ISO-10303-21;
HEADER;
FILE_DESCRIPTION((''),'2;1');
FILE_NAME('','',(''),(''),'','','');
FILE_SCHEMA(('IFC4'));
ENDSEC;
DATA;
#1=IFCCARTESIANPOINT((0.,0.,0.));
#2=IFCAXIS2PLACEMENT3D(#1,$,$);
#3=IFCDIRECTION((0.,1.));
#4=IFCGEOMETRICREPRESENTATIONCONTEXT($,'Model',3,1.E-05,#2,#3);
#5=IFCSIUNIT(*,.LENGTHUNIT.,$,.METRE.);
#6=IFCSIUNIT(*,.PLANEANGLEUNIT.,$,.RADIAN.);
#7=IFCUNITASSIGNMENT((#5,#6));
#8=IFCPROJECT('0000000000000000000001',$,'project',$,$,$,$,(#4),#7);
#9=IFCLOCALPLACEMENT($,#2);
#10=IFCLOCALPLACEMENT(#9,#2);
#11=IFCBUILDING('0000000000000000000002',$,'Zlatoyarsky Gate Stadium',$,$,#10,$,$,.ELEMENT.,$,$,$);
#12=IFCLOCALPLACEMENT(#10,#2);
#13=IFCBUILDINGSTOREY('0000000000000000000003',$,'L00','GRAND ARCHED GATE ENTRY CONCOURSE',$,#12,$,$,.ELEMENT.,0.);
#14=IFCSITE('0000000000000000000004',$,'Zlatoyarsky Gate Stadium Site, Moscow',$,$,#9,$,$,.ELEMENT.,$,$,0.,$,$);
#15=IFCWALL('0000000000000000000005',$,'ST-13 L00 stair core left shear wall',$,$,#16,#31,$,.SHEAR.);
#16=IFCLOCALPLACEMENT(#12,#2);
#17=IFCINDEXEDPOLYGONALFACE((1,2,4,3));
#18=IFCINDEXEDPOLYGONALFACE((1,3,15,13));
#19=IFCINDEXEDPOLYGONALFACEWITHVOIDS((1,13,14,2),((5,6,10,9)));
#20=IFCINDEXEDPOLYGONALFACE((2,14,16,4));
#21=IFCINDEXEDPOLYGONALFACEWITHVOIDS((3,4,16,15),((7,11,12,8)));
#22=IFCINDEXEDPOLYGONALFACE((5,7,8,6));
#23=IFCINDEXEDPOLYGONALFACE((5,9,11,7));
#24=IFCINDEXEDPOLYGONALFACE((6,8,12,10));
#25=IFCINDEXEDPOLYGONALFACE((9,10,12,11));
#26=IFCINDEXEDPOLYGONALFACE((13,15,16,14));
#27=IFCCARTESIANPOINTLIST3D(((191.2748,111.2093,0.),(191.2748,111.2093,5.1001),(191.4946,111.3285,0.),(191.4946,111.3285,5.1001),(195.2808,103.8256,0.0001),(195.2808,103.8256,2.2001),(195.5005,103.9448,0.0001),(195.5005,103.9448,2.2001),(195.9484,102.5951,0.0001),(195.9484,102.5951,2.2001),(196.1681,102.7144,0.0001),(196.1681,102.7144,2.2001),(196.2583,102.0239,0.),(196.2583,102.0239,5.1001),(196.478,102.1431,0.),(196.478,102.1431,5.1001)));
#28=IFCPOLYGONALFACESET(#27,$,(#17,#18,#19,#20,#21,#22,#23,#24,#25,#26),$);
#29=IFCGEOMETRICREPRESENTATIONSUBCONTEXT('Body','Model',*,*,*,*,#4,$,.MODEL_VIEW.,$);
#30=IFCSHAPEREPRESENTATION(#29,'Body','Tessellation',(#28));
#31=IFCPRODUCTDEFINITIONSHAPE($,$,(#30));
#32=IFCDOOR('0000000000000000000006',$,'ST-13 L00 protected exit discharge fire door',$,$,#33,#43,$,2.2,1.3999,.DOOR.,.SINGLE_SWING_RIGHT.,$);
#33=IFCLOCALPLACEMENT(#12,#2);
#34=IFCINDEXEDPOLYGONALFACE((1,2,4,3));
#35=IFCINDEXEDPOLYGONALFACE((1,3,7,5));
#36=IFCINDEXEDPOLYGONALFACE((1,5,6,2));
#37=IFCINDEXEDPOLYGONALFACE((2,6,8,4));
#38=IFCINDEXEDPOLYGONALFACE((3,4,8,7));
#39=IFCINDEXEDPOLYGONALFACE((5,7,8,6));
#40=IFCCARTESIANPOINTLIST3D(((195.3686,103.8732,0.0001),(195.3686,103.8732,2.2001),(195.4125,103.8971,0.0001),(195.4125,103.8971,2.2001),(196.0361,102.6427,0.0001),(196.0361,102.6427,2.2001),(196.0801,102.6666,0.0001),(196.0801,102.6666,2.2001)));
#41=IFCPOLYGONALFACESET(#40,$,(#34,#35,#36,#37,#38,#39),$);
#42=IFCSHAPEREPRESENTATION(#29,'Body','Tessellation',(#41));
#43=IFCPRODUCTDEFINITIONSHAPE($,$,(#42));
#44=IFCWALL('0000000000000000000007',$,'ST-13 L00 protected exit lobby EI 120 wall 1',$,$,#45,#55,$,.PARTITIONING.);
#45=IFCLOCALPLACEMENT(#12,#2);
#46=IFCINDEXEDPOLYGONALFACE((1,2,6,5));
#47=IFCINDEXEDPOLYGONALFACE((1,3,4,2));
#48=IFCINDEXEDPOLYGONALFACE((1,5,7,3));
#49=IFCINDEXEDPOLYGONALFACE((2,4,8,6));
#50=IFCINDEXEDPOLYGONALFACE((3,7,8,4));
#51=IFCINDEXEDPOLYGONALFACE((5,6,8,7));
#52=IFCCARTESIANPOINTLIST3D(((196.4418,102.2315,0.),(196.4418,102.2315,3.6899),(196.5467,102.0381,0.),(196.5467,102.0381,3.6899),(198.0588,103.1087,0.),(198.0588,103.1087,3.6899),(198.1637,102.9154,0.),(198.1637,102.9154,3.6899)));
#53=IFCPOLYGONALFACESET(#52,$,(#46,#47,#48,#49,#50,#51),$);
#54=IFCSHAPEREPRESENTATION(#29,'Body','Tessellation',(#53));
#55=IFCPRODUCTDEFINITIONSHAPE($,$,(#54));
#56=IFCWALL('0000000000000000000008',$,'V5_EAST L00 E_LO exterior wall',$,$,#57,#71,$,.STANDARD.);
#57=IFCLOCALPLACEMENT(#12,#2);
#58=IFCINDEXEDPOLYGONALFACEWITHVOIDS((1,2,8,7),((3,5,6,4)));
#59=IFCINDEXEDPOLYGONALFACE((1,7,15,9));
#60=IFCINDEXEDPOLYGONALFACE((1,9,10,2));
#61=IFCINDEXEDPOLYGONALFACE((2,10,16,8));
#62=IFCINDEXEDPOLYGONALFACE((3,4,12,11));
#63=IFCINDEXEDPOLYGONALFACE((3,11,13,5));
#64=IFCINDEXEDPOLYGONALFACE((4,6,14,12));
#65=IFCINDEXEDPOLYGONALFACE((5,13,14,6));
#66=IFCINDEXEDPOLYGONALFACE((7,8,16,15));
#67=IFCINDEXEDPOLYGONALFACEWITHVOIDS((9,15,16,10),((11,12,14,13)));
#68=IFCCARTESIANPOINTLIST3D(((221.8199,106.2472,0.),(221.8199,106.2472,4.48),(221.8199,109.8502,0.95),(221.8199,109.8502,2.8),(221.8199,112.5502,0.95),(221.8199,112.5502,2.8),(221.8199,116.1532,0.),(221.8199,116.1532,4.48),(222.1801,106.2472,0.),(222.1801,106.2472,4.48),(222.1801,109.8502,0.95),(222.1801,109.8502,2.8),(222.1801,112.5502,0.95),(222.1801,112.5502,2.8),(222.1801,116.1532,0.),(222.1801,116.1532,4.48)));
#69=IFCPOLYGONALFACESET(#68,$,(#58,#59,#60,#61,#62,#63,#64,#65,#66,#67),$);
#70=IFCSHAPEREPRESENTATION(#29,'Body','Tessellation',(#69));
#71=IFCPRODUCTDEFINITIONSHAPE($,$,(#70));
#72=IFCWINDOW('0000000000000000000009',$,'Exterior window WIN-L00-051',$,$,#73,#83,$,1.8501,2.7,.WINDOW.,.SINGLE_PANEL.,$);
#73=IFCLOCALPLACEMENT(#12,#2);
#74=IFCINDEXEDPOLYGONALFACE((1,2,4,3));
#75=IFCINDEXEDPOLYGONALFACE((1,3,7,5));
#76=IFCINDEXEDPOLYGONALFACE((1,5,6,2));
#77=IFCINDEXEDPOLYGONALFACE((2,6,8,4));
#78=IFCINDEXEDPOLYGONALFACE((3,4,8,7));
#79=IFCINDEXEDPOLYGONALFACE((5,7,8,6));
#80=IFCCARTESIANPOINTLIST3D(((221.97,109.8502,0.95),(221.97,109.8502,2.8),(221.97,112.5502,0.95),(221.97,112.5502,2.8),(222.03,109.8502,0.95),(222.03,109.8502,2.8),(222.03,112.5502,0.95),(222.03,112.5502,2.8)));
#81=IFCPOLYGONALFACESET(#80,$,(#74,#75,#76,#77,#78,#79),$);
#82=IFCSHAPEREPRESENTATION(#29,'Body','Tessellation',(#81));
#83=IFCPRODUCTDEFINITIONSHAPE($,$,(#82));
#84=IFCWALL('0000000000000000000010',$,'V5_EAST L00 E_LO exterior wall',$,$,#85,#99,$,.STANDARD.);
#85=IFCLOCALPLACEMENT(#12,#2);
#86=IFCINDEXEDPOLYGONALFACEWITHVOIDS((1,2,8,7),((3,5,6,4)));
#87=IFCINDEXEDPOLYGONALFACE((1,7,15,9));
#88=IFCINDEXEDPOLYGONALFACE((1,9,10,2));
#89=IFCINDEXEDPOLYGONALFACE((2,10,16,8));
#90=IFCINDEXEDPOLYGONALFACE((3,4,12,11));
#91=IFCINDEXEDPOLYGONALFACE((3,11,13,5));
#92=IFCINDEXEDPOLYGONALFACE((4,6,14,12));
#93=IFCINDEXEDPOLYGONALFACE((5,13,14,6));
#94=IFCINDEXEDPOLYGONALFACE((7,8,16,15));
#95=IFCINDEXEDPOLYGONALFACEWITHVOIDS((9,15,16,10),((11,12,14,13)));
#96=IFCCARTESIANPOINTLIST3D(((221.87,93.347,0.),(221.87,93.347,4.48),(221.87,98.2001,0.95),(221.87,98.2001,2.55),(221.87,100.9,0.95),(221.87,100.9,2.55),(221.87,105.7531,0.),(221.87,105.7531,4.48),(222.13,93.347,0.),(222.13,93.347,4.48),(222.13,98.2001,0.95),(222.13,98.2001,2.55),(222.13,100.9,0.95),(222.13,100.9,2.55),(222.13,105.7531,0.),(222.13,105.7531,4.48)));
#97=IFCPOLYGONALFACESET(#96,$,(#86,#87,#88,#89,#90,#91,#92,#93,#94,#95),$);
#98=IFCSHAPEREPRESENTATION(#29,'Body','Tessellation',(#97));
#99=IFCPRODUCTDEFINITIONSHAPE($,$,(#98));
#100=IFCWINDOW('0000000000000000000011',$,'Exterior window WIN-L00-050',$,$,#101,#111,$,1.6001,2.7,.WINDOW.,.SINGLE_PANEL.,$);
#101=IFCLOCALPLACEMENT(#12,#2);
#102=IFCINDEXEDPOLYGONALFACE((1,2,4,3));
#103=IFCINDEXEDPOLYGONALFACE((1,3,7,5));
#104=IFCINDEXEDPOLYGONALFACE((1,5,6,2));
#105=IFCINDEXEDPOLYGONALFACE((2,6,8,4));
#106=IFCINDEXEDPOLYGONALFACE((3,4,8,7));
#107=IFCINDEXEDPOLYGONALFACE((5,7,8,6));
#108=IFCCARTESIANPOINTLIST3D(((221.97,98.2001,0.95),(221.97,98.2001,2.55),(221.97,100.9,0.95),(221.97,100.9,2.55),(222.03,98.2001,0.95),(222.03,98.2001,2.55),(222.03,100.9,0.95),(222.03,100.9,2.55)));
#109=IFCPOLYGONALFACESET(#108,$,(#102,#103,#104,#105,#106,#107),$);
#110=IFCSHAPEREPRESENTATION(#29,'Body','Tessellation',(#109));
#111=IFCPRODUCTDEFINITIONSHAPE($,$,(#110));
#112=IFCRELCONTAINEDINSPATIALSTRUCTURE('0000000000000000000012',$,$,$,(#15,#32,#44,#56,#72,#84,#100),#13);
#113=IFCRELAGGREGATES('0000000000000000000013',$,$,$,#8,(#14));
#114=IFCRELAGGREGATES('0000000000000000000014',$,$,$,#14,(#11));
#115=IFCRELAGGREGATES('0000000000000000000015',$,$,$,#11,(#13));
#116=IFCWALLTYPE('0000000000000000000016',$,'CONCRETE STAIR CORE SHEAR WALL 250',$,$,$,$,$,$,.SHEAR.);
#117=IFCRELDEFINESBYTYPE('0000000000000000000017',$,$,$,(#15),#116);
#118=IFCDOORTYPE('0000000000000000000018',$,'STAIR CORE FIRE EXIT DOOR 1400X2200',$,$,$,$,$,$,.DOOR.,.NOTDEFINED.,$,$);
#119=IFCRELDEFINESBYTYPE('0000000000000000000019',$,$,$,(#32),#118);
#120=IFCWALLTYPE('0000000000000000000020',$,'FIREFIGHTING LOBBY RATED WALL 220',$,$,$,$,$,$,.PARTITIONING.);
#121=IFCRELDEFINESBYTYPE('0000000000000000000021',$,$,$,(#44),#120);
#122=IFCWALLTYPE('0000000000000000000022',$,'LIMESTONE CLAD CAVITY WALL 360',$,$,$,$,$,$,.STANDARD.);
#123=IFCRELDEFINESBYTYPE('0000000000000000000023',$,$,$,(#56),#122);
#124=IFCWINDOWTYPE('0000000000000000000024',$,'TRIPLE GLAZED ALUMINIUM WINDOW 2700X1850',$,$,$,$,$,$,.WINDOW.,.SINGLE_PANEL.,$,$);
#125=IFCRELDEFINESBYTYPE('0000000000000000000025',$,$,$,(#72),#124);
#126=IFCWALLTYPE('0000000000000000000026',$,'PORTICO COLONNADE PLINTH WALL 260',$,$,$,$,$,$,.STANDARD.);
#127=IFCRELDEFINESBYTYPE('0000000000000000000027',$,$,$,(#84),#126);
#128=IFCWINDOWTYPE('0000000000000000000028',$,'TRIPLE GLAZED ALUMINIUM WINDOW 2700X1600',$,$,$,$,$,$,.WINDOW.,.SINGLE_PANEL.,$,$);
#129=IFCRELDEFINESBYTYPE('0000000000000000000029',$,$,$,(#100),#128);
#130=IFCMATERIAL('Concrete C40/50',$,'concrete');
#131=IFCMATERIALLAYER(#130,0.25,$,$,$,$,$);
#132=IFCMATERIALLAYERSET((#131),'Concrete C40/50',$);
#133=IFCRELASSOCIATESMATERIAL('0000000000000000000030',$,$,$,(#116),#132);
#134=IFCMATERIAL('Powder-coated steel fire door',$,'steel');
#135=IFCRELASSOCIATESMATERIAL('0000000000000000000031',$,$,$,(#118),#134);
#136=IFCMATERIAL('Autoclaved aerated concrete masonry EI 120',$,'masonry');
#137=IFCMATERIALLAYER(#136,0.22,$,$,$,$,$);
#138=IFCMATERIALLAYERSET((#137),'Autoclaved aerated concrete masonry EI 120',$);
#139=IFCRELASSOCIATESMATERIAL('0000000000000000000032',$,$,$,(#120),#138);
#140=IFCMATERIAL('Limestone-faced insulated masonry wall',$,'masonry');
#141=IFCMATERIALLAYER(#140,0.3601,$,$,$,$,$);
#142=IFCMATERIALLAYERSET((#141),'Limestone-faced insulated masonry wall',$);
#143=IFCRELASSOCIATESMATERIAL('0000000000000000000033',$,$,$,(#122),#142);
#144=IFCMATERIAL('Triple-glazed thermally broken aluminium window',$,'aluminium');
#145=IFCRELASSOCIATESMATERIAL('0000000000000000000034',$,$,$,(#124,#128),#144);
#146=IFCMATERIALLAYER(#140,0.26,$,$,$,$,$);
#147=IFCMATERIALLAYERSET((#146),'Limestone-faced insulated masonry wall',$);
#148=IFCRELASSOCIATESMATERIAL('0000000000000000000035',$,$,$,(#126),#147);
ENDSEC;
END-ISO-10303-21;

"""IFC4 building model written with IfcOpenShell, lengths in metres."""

from ifc_helpers import new_model, si_unit, direction, frame, frame_2d, origin, place, context, subcontext, project, spatial, rectangle, extrude, material, layer, layer_set, type_object, element, fill, save


model = new_model("IFC4")

# Units and contexts
model_context = context("Model", 3, precision=1e-05, world=origin(), true_north=direction((0.0, 1.0)))
body_context = subcontext(model_context, "Body", "Model", "MODEL_VIEW")
ifc_project = project(units=[si_unit("LENGTHUNIT", "METRE"), si_unit("PLANEANGLEUNIT", "RADIAN")], contexts=[model_context])

# Site, building, storey
site_placement = place(None, origin())
site = spatial("IfcSite", under=ifc_project, at=site_placement, Name="Zlatoyarsky Gate Stadium Site, Moscow", CompositionType="ELEMENT", RefElevation=0.0)
building_placement = place(site_placement, origin())
building = spatial("IfcBuilding", under=site, at=building_placement, Name="Zlatoyarsky Gate Stadium", CompositionType="ELEMENT")
storey_placement = place(building_placement, origin())
storey = spatial("IfcBuildingStorey", under=building, at=storey_placement, Name="L00", Description="GRAND ARCHED GATE ENTRY CONCOURSE", CompositionType="ELEMENT", Elevation=0.0)

# Shared definitions
ifc_material_1 = material(Name="Concrete C40/50", Category="concrete")

# Shared definitions
ifc_layer_1 = layer(ifc_material_1, 0.25)
ifc_layer_set_1 = layer_set([ifc_layer_1], Name="Concrete C40/50")
wall_type_1 = type_object("IfcWallType", Name="CONCRETE STAIR CORE SHEAR WALL 250", PredefinedType="SHEAR", material=ifc_layer_set_1)

# Wall, opening, door
wall_1_placement = place(storey_placement, frame((196.3682, 102.0835, 0.0), z_axis=(0.0, 0.0, 1.0), x_axis=(-0.476877, 0.87897, 0.0)))
wall_1 = element("IfcWall", 1, at=wall_1_placement, inside=storey, type_object=wall_type_1, Name="ST-13 L00 stair core left shear wall", PredefinedType="SHEAR", context=body_context, shape_type="SweptSolid", body=[
    extrude(rectangle(XDim=10.4502, YDim=0.25, at=frame_2d((5.2251, 0.0))), origin(), (0.0, 0.0, 1.0), 5.1001),
])
opening_1_placement = place(wall_1_placement, frame((0.6499, 0.0, 0.0)))
opening_1 = element("IfcOpeningElement", 2, at=opening_1_placement, cuts=wall_1, PredefinedType="OPENING", context=body_context, shape_type="SweptSolid", body=[
    extrude(rectangle(XDim=1.3999, YDim=2.2, at=frame_2d((0.7, 1.1001))), frame((0.0, 0.135, 0.0), z_axis=(0.0, -1.0, 0.0), x_axis=(1.0, 0.0, 0.0)), (0.0, 0.0, 1.0), 0.27),
])
ifc_material_2 = material(Name="Powder-coated steel fire door", Category="steel")
door_type_1 = type_object("IfcDoorType", Name="STAIR CORE FIRE EXIT DOOR 1400X2200", OperationType="NOTDEFINED", PredefinedType="DOOR", material=ifc_material_2)
door_1_placement = place(opening_1_placement, frame((1.3999, 0.0, 0.0), z_axis=(0.0, 0.0, 1.0), x_axis=(-1.0, 0.0, 0.0)))
door_1 = element("IfcDoor", 3, at=door_1_placement, inside=storey, type_object=door_type_1, Name="ST-13 L00 protected exit discharge fire door", OperationType="SINGLE_SWING_RIGHT", OverallHeight=2.2, OverallWidth=1.3999, PredefinedType="DOOR", context=body_context, shape_type="SweptSolid", body=[
    extrude(rectangle(XDim=1.3999, YDim=2.2, at=frame_2d((0.7, 1.1001))), frame((0.0, 0.0249, 0.0), z_axis=(0.0, -1.0, 0.0), x_axis=(1.0, 0.0, 0.0)), (0.0, 0.0, 1.0), 0.05),
])
fill(opening_1, door_1)

# Wall
ifc_material_3 = material(Name="Autoclaved aerated concrete masonry EI 120", Category="masonry")
ifc_layer_2 = layer(ifc_material_3, 0.22)
ifc_layer_set_2 = layer_set([ifc_layer_2], Name="Autoclaved aerated concrete masonry EI 120")
wall_type_2 = type_object("IfcWallType", Name="FIREFIGHTING LOBBY RATED WALL 220", PredefinedType="PARTITIONING", material=ifc_layer_set_2)
wall_2_placement = place(storey_placement, frame((196.4941, 102.1348, 0.0), z_axis=(0.0, 0.0, 1.0), x_axis=(0.878984, 0.476852, 0.0)))
element("IfcWall", 4, at=wall_2_placement, inside=storey, type_object=wall_type_2, Name="ST-13 L00 protected exit lobby EI 120 wall 1", PredefinedType="PARTITIONING", context=body_context, shape_type="SweptSolid", body=[
    extrude(rectangle(XDim=1.8396, YDim=0.22, at=frame_2d((0.9199, 0.0))), origin(), (0.0, 0.0, 1.0), 3.6899),
])

# Wall, opening, window
ifc_material_4 = material(Name="Limestone-faced insulated masonry wall", Category="masonry")
ifc_layer_3 = layer(ifc_material_4, 0.3601)
ifc_layer_set_3 = layer_set([ifc_layer_3], Name="Limestone-faced insulated masonry wall")
wall_type_3 = type_object("IfcWallType", Name="LIMESTONE CLAD CAVITY WALL 360", PredefinedType="STANDARD", material=ifc_layer_set_3)
wall_3_placement = place(storey_placement, frame((222.0, 106.2471, 0.0), z_axis=(0.0, 0.0, 1.0), x_axis=(0.0, 1.0, 0.0)))
wall_3 = element("IfcWall", 5, at=wall_3_placement, inside=storey, type_object=wall_type_3, Name="V5_EAST L00 E_LO exterior wall", PredefinedType="STANDARD", context=body_context, shape_type="SweptSolid", body=[
    extrude(rectangle(XDim=9.906, YDim=0.3601, at=frame_2d((4.9531, 0.0))), origin(), (0.0, 0.0, 1.0), 4.48),
])
opening_2_placement = place(wall_3_placement, frame((3.603, 0.0, 0.95)))
opening_2 = element("IfcOpeningElement", 6, at=opening_2_placement, cuts=wall_3, PredefinedType="OPENING", context=body_context, shape_type="SweptSolid", body=[
    extrude(rectangle(XDim=2.7, YDim=1.8501, at=frame_2d((1.3501, 0.925))), frame((0.0, 0.1899, 0.0), z_axis=(0.0, -1.0, 0.0), x_axis=(1.0, 0.0, 0.0)), (0.0, 0.0, 1.0), 0.3801),
])
ifc_material_5 = material(Name="Triple-glazed thermally broken aluminium window", Category="aluminium")
window_type_1 = type_object("IfcWindowType", Name="TRIPLE GLAZED ALUMINIUM WINDOW 2700X1850", PartitioningType="SINGLE_PANEL", PredefinedType="WINDOW", material=ifc_material_5)
window_1_placement = place(opening_2_placement, origin())
window_1 = element("IfcWindow", 7, at=window_1_placement, inside=storey, type_object=window_type_1, Name="Exterior window WIN-L00-051", OverallHeight=1.8501, OverallWidth=2.7, PartitioningType="SINGLE_PANEL", PredefinedType="WINDOW", context=body_context, shape_type="SweptSolid", body=[
    extrude(rectangle(XDim=2.7, YDim=1.8501, at=frame_2d((1.3501, 0.925))), frame((0.0, 0.03, 0.0), z_axis=(0.0, -1.0, 0.0), x_axis=(1.0, 0.0, 0.0)), (0.0, 0.0, 1.0), 0.0601),
])
fill(opening_2, window_1)

# Wall, opening, window
ifc_layer_4 = layer(ifc_material_4, 0.26)
ifc_layer_set_4 = layer_set([ifc_layer_4], Name="Limestone-faced insulated masonry wall")
wall_type_4 = type_object("IfcWallType", Name="PORTICO COLONNADE PLINTH WALL 260", PredefinedType="STANDARD", material=ifc_layer_set_4)
wall_4_placement = place(storey_placement, frame((222.0, 93.3469, 0.0), z_axis=(0.0, 0.0, 1.0), x_axis=(0.0, 1.0, 0.0)))
wall_4 = element("IfcWall", 8, at=wall_4_placement, inside=storey, type_object=wall_type_4, Name="V5_EAST L00 E_LO exterior wall", PredefinedType="STANDARD", context=body_context, shape_type="SweptSolid", body=[
    extrude(rectangle(XDim=12.406, YDim=0.26, at=frame_2d((6.2031, 0.0))), origin(), (0.0, 0.0, 1.0), 4.48),
])
opening_3_placement = place(wall_4_placement, frame((4.853, 0.0, 0.95)))
opening_3 = element("IfcOpeningElement", 9, at=opening_3_placement, cuts=wall_4, PredefinedType="OPENING", context=body_context, shape_type="SweptSolid", body=[
    extrude(rectangle(XDim=2.7, YDim=1.6001, at=frame_2d((1.3501, 0.8))), frame((0.0, 0.1399, 0.0), z_axis=(0.0, -1.0, 0.0), x_axis=(1.0, 0.0, 0.0)), (0.0, 0.0, 1.0), 0.28),
])
window_type_2 = type_object("IfcWindowType", Name="TRIPLE GLAZED ALUMINIUM WINDOW 2700X1600", PartitioningType="SINGLE_PANEL", PredefinedType="WINDOW", material=ifc_material_5)
window_2_placement = place(opening_3_placement, origin())
window_2 = element("IfcWindow", 10, at=window_2_placement, inside=storey, type_object=window_type_2, Name="Exterior window WIN-L00-050", OverallHeight=1.6001, OverallWidth=2.7, PartitioningType="SINGLE_PANEL", PredefinedType="WINDOW", context=body_context, shape_type="SweptSolid", body=[
    extrude(rectangle(XDim=2.7, YDim=1.6001, at=frame_2d((1.3501, 0.8))), frame((0.0, 0.03, 0.0), z_axis=(0.0, -1.0, 0.0), x_axis=(1.0, 0.0, 0.0)), (0.0, 0.0, 1.0), 0.0601),
])
fill(opening_3, window_2)

save(model, "model.ifc")
